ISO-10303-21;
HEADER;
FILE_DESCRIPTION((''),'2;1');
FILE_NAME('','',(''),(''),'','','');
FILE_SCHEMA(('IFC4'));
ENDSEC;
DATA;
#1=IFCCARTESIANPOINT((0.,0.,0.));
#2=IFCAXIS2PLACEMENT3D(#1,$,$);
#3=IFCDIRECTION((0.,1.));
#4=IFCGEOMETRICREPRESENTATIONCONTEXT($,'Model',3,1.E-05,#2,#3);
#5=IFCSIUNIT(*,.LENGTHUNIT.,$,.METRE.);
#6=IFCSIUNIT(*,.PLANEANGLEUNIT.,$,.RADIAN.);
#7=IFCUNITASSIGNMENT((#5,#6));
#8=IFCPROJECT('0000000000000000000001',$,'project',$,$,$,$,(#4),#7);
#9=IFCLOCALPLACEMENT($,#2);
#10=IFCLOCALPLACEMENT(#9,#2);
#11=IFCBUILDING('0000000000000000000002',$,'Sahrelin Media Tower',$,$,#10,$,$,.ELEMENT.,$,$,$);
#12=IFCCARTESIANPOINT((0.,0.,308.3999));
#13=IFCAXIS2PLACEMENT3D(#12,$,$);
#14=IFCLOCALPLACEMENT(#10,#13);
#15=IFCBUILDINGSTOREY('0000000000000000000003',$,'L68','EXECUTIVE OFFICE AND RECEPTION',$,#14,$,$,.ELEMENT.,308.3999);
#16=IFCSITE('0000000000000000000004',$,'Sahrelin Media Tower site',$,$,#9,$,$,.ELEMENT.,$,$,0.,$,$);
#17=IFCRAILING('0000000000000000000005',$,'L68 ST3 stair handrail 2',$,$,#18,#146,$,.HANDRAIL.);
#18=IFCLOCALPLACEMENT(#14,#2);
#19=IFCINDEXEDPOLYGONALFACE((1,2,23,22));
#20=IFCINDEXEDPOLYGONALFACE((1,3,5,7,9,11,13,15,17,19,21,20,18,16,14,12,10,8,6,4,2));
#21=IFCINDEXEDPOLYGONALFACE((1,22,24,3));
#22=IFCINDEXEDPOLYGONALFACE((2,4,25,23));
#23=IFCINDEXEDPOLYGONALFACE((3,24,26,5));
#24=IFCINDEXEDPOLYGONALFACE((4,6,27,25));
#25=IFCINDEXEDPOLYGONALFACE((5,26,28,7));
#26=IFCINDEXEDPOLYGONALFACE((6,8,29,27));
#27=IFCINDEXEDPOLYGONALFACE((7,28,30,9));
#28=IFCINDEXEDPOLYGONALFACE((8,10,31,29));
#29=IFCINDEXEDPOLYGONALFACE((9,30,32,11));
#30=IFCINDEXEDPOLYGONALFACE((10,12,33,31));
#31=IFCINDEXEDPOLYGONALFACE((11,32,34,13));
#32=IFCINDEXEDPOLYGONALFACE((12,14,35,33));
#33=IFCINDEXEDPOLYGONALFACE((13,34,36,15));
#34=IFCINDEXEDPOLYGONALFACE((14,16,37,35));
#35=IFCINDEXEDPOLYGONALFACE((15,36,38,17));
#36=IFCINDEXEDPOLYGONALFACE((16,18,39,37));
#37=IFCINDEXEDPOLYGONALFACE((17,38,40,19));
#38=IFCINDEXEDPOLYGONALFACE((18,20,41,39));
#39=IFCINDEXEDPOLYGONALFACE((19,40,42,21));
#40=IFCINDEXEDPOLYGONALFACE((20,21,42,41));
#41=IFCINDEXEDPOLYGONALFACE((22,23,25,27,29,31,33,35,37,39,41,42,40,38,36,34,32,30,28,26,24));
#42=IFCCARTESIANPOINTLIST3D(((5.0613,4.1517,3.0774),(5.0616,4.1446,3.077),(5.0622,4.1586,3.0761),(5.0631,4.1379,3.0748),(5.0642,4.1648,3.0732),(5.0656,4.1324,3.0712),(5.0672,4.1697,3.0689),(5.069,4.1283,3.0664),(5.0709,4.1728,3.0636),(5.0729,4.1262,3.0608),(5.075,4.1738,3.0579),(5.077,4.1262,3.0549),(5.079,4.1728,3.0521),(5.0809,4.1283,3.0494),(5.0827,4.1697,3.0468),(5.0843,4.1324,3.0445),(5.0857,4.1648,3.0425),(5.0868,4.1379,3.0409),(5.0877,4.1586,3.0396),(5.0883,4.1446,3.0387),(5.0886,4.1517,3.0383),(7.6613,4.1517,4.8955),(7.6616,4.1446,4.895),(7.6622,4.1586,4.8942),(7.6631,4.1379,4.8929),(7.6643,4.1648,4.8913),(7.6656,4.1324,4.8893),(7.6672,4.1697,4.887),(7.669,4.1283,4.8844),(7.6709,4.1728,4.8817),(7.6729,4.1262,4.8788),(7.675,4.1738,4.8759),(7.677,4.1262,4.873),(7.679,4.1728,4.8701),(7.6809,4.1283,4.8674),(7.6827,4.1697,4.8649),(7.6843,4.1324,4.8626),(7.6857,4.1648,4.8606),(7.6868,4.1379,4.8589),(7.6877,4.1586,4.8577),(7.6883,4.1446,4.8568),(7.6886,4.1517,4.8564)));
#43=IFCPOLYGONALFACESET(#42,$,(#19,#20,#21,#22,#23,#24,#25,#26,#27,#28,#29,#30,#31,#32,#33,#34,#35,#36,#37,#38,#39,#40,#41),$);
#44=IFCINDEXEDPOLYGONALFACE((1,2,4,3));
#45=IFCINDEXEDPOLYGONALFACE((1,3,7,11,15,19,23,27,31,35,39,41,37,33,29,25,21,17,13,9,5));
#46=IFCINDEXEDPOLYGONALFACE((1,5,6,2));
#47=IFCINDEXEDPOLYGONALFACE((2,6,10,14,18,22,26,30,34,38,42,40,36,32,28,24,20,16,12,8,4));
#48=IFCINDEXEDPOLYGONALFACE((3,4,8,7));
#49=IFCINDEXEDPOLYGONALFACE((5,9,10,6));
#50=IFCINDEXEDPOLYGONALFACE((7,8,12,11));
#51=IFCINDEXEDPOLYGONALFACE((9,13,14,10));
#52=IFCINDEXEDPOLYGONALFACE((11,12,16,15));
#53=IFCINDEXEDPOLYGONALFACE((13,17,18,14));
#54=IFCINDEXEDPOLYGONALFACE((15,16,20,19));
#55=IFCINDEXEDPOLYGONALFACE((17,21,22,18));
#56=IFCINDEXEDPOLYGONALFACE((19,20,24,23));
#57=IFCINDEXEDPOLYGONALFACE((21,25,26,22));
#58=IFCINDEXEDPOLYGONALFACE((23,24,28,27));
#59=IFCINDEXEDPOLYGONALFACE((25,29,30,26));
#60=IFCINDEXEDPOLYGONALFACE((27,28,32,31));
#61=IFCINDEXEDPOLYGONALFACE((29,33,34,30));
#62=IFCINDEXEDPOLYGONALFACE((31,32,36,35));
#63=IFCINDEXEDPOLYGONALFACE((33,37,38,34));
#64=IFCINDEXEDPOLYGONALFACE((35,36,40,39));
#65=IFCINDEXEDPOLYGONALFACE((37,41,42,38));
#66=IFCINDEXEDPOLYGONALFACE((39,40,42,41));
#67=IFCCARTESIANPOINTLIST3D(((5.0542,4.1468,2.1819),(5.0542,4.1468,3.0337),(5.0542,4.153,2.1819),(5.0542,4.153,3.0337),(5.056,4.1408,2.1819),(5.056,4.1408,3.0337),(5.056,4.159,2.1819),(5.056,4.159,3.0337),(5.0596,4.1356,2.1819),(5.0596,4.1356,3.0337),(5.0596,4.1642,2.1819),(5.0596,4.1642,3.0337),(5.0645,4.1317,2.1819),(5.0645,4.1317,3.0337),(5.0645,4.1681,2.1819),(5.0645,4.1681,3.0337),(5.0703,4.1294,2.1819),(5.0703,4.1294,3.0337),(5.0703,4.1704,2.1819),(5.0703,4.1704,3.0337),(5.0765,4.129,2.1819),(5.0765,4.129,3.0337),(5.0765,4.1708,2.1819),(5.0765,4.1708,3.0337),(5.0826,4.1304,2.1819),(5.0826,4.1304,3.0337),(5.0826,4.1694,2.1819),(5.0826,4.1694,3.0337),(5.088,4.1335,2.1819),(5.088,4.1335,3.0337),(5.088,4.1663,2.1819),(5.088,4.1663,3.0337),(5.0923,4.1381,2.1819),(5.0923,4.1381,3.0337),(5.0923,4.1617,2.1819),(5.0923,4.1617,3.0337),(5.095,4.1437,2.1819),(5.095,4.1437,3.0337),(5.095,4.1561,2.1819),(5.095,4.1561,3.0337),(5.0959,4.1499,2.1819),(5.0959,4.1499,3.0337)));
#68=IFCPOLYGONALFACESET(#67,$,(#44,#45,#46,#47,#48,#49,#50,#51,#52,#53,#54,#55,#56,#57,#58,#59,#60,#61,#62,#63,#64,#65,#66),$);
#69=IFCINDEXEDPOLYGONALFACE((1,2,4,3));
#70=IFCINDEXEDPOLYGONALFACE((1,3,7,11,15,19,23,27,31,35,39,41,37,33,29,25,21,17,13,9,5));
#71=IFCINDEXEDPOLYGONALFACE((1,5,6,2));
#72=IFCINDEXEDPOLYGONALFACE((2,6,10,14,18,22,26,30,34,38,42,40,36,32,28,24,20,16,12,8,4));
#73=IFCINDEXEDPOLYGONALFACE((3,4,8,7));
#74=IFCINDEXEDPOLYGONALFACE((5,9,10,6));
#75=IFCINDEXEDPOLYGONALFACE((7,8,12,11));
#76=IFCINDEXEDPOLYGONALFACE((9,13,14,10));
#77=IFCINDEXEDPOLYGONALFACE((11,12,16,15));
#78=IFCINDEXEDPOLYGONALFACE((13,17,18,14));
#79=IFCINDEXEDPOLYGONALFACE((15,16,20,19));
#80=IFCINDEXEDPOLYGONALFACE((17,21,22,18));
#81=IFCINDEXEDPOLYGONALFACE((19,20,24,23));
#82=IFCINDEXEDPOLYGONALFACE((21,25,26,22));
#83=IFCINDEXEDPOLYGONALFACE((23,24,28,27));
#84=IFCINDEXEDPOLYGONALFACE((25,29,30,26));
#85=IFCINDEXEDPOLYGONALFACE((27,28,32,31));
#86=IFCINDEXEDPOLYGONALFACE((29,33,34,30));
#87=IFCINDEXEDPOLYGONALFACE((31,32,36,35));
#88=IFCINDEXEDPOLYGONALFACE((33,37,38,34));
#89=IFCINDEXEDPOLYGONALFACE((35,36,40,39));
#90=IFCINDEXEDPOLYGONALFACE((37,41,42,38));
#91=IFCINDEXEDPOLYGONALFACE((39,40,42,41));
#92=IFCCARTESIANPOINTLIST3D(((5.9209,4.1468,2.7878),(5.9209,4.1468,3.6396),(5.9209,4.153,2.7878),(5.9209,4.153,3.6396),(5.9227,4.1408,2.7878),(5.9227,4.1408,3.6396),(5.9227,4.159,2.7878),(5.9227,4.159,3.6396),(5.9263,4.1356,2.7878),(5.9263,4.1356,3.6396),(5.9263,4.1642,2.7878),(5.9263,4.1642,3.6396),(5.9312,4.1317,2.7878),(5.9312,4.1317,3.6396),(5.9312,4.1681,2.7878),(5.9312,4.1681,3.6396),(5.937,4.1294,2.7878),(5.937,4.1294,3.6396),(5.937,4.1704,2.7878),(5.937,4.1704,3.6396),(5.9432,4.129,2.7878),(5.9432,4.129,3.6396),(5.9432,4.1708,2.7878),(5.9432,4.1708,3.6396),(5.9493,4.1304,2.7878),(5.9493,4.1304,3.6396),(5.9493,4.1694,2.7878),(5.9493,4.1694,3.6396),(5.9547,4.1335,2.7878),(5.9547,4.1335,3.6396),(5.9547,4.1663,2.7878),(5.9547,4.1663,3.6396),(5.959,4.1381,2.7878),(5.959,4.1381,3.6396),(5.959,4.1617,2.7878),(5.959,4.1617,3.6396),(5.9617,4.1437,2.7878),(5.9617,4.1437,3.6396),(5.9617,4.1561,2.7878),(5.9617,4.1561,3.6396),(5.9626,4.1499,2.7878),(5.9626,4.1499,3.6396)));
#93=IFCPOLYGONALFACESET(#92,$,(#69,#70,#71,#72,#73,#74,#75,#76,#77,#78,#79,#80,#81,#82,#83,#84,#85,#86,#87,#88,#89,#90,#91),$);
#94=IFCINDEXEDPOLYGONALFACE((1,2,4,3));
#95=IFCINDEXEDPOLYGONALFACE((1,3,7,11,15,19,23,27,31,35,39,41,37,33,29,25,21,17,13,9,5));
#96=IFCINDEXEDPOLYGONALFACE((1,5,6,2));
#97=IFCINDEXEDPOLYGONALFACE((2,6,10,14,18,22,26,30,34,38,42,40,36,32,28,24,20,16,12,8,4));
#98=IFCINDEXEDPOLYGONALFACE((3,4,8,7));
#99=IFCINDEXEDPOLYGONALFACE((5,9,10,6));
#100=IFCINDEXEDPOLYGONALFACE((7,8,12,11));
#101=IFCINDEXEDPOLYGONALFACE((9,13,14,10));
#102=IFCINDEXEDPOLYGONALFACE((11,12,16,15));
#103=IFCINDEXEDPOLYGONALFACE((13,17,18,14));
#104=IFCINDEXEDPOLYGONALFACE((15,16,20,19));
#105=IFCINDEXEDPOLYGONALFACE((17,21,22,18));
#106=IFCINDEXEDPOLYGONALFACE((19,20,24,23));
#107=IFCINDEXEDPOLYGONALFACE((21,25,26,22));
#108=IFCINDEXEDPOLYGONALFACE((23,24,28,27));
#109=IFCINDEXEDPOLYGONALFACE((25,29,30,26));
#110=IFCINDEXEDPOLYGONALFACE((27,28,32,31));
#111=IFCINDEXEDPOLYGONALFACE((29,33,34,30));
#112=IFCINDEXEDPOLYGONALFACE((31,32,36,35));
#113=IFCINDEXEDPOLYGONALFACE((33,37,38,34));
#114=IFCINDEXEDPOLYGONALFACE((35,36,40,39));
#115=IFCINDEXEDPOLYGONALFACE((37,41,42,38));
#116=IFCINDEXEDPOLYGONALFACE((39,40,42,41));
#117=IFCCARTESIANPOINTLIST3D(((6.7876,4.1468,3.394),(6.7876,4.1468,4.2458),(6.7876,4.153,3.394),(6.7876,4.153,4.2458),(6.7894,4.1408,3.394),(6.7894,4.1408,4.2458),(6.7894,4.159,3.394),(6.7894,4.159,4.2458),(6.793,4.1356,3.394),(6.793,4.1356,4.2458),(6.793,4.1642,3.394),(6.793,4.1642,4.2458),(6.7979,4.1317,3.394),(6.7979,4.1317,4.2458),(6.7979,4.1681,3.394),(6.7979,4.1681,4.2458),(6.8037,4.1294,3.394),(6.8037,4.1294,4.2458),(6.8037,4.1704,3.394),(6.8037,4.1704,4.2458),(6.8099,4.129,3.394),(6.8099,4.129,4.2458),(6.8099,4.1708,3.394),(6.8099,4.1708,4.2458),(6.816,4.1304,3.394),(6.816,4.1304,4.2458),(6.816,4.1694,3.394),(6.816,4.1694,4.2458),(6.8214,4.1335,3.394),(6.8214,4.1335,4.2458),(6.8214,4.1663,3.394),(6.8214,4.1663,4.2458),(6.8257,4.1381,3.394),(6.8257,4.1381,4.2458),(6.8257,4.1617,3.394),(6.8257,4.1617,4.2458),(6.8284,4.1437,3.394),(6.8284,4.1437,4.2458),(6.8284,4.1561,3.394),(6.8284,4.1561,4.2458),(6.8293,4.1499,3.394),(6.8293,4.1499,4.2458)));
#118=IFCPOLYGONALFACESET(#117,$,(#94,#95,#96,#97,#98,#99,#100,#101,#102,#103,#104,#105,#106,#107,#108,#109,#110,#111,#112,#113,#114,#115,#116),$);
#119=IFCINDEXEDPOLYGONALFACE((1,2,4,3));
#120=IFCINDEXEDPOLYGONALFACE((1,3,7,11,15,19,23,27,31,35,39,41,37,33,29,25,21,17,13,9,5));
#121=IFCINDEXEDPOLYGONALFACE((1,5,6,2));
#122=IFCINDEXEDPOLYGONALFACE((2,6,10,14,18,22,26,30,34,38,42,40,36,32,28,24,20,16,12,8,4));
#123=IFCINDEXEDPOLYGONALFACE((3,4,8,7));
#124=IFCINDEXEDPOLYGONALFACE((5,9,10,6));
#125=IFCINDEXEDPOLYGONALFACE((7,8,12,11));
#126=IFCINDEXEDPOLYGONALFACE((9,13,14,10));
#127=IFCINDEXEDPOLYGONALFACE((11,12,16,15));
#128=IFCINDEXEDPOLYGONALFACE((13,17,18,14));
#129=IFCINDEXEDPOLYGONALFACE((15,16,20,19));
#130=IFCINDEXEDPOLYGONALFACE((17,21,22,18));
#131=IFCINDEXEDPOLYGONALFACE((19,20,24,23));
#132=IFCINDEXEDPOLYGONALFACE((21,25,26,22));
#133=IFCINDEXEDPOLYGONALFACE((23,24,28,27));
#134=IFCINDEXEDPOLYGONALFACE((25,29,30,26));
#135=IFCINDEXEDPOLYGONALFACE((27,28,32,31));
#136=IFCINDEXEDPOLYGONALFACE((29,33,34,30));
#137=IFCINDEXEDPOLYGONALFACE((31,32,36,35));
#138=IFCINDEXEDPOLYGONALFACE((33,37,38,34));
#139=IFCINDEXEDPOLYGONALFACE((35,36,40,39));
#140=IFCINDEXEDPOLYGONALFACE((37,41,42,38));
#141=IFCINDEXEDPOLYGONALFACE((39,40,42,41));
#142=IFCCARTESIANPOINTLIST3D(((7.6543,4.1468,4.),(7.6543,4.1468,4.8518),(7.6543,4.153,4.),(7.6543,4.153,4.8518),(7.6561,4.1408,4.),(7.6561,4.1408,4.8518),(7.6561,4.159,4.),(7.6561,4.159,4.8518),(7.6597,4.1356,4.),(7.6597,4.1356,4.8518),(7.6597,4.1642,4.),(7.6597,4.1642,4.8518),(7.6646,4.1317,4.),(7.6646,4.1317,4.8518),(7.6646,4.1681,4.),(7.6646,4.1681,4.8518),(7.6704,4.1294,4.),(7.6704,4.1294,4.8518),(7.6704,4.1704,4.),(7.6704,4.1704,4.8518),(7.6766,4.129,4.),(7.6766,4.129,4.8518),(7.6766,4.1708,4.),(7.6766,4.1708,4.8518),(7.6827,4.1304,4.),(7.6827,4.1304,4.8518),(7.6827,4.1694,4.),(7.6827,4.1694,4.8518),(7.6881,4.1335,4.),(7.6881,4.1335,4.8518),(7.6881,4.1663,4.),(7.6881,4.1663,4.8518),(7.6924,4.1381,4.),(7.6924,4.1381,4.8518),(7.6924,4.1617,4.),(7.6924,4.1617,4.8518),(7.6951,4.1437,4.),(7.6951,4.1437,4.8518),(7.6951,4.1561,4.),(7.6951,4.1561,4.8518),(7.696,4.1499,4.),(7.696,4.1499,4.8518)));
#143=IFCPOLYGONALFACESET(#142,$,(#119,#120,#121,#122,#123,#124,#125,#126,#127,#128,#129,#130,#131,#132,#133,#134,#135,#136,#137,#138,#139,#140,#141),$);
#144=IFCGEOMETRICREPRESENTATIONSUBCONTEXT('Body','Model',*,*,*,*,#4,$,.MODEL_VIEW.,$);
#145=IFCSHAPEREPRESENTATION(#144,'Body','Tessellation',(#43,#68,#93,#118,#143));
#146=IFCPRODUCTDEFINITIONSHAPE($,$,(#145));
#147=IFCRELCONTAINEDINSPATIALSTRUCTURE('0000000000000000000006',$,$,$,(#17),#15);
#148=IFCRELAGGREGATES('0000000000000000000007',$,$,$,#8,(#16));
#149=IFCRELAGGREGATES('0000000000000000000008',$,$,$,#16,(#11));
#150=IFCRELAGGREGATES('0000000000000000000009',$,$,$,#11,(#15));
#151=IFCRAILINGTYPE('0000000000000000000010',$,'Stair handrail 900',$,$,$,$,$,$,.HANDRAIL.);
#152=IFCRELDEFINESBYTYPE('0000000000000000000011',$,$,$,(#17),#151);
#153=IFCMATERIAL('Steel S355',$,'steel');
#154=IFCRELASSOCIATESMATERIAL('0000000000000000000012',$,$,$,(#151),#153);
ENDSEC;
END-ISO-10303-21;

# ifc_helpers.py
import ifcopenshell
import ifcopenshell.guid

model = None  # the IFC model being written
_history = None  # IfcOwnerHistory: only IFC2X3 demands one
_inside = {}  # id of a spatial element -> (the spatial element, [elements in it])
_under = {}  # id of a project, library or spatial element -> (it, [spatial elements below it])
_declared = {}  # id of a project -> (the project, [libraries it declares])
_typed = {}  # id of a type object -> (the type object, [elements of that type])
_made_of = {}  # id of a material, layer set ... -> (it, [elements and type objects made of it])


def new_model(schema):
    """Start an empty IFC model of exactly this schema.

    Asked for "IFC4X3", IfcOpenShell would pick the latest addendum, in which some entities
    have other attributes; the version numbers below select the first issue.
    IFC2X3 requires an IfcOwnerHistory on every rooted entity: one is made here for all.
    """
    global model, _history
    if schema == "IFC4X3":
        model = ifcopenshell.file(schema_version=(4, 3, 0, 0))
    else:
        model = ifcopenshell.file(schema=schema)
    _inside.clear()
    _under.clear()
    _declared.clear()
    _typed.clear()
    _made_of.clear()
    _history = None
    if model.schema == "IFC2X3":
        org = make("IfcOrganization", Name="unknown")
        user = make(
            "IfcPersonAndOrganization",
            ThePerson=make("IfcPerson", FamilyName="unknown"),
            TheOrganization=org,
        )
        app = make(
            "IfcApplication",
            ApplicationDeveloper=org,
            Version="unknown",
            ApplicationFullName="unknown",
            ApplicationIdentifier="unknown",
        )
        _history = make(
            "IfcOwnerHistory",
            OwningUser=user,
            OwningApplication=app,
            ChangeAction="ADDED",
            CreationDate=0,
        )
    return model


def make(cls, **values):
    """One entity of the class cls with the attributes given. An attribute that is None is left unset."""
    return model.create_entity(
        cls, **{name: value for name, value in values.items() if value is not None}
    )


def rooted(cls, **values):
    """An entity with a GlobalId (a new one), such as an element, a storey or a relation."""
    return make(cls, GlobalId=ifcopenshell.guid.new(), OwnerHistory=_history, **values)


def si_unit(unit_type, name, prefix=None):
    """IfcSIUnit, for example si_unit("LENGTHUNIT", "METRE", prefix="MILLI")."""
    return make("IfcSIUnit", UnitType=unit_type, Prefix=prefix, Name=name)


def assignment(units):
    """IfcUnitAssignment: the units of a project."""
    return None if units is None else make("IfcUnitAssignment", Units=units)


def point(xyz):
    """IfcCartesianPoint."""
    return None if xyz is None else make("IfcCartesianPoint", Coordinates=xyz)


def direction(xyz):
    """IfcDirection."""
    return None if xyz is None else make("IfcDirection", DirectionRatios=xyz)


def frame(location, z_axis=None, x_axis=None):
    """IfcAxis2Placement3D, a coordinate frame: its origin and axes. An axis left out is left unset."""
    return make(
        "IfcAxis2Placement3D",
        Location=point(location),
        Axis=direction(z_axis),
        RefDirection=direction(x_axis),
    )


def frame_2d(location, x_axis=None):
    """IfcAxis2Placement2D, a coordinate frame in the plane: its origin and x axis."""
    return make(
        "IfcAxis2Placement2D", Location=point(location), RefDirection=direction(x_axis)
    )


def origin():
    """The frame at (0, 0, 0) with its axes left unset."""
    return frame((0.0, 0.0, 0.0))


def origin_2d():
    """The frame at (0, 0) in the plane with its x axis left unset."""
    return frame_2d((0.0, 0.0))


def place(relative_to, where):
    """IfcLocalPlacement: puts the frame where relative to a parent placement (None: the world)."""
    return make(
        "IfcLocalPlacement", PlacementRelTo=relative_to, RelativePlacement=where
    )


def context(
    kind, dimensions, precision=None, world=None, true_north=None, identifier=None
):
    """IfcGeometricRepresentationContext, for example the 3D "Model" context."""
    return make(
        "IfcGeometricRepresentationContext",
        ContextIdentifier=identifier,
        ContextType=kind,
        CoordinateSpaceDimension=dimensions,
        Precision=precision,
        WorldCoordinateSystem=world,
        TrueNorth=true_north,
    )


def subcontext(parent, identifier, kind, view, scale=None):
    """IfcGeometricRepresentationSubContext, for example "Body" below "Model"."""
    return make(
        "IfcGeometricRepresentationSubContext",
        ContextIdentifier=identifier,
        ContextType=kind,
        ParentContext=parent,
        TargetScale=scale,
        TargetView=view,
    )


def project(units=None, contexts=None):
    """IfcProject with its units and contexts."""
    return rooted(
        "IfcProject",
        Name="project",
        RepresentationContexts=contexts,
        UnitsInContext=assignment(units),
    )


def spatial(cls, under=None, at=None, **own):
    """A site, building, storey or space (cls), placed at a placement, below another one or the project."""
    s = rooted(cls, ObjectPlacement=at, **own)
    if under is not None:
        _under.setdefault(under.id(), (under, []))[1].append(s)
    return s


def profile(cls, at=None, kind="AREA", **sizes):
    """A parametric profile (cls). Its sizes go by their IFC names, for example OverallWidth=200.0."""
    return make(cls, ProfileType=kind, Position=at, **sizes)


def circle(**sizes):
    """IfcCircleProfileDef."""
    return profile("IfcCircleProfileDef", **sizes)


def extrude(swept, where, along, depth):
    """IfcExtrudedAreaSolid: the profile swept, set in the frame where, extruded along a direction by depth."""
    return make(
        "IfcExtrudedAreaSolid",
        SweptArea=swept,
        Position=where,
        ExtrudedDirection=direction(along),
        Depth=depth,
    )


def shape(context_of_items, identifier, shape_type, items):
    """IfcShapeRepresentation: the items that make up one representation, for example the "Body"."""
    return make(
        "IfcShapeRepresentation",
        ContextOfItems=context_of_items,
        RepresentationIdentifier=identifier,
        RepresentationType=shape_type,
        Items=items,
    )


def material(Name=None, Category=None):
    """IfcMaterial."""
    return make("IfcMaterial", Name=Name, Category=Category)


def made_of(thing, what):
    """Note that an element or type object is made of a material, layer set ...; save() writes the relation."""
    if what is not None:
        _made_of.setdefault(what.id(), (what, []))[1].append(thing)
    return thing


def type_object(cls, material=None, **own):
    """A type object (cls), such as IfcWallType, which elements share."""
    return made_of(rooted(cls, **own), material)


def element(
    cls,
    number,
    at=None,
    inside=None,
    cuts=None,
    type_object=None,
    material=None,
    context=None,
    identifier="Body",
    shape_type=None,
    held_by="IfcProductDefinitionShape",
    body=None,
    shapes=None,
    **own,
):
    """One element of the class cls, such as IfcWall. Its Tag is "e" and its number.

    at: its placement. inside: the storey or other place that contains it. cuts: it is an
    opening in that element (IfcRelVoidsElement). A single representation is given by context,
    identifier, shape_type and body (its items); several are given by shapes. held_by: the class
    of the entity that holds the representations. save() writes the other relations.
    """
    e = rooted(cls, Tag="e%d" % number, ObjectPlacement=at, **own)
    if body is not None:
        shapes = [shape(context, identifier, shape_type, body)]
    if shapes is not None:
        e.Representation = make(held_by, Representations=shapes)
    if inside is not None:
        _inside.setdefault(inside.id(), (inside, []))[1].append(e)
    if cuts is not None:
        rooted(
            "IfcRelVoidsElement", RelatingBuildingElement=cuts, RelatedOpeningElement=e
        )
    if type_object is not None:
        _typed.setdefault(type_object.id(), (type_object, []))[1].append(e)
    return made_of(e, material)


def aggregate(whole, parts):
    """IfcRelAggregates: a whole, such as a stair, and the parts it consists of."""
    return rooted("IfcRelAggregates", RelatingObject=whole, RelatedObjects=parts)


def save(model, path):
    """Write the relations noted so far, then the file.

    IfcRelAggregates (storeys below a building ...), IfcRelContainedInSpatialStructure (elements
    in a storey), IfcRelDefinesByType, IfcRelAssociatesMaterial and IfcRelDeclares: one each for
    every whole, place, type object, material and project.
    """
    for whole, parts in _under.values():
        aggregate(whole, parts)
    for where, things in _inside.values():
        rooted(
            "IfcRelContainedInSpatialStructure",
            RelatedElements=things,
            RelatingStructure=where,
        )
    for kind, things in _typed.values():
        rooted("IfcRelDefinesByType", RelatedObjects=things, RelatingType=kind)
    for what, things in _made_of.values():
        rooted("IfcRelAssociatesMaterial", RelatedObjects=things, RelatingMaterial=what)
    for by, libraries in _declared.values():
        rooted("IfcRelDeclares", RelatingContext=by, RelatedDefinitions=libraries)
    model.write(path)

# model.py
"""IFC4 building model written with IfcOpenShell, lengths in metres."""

from ifc_helpers import new_model, si_unit, direction, frame, origin, origin_2d, place, context, subcontext, project, spatial, circle, extrude, material, type_object, element, save


model = new_model("IFC4")

# Units and contexts
model_context = context("Model", 3, precision=1e-05, world=origin(), true_north=direction((0.0, 1.0)))
body_context = subcontext(model_context, "Body", "Model", "MODEL_VIEW")
ifc_project = project(units=[si_unit("LENGTHUNIT", "METRE"), si_unit("PLANEANGLEUNIT", "RADIAN")], contexts=[model_context])

# Site, building, storey
site_placement = place(None, origin())
site = spatial("IfcSite", under=ifc_project, at=site_placement, Name="Sahrelin Media Tower site", CompositionType="ELEMENT", RefElevation=0.0)
building_placement = place(site_placement, origin())
building = spatial("IfcBuilding", under=site, at=building_placement, Name="Sahrelin Media Tower", CompositionType="ELEMENT")
storey_placement = place(building_placement, frame((0.0, 0.0, 308.3999)))
storey = spatial("IfcBuildingStorey", under=building, at=storey_placement, Name="L68", Description="EXECUTIVE OFFICE AND RECEPTION", CompositionType="ELEMENT", Elevation=308.3999)

# Shared definitions
ifc_material_1 = material(Name="Steel S355", Category="steel")

# Railing
railing_type_1 = type_object("IfcRailingType", Name="Stair handrail 900", PredefinedType="HANDRAIL", material=ifc_material_1)
railing_1_placement = place(storey_placement, frame((5.075, 4.1499, 2.1819)))
element("IfcRailing", 1, at=railing_1_placement, inside=storey, type_object=railing_type_1, Name="L68 ST3 stair handrail 2", PredefinedType="HANDRAIL", context=body_context, shape_type="SweptSolid", body=[
    extrude(circle(Radius=0.0239, at=origin_2d()), frame((0.0, 0.0, 0.876), z_axis=(0.819521, 0.0, 0.573049), x_axis=(0.0, 1.0, 0.0)), (0.0, 0.0, 1.0), 3.1726),
    extrude(circle(Radius=0.021, at=origin_2d()), origin(), (0.0, 0.0, 1.0), 0.8518),
    extrude(circle(Radius=0.021, at=origin_2d()), frame((0.8667, 0.0, 0.606)), (0.0, 0.0, 1.0), 0.8518),
    extrude(circle(Radius=0.021, at=origin_2d()), frame((1.7334, 0.0, 1.2122)), (0.0, 0.0, 1.0), 0.8518),
    extrude(circle(Radius=0.021, at=origin_2d()), frame((2.6001, 0.0, 1.8181)), (0.0, 0.0, 1.0), 0.8518),
])

save(model, "model.ifc")
